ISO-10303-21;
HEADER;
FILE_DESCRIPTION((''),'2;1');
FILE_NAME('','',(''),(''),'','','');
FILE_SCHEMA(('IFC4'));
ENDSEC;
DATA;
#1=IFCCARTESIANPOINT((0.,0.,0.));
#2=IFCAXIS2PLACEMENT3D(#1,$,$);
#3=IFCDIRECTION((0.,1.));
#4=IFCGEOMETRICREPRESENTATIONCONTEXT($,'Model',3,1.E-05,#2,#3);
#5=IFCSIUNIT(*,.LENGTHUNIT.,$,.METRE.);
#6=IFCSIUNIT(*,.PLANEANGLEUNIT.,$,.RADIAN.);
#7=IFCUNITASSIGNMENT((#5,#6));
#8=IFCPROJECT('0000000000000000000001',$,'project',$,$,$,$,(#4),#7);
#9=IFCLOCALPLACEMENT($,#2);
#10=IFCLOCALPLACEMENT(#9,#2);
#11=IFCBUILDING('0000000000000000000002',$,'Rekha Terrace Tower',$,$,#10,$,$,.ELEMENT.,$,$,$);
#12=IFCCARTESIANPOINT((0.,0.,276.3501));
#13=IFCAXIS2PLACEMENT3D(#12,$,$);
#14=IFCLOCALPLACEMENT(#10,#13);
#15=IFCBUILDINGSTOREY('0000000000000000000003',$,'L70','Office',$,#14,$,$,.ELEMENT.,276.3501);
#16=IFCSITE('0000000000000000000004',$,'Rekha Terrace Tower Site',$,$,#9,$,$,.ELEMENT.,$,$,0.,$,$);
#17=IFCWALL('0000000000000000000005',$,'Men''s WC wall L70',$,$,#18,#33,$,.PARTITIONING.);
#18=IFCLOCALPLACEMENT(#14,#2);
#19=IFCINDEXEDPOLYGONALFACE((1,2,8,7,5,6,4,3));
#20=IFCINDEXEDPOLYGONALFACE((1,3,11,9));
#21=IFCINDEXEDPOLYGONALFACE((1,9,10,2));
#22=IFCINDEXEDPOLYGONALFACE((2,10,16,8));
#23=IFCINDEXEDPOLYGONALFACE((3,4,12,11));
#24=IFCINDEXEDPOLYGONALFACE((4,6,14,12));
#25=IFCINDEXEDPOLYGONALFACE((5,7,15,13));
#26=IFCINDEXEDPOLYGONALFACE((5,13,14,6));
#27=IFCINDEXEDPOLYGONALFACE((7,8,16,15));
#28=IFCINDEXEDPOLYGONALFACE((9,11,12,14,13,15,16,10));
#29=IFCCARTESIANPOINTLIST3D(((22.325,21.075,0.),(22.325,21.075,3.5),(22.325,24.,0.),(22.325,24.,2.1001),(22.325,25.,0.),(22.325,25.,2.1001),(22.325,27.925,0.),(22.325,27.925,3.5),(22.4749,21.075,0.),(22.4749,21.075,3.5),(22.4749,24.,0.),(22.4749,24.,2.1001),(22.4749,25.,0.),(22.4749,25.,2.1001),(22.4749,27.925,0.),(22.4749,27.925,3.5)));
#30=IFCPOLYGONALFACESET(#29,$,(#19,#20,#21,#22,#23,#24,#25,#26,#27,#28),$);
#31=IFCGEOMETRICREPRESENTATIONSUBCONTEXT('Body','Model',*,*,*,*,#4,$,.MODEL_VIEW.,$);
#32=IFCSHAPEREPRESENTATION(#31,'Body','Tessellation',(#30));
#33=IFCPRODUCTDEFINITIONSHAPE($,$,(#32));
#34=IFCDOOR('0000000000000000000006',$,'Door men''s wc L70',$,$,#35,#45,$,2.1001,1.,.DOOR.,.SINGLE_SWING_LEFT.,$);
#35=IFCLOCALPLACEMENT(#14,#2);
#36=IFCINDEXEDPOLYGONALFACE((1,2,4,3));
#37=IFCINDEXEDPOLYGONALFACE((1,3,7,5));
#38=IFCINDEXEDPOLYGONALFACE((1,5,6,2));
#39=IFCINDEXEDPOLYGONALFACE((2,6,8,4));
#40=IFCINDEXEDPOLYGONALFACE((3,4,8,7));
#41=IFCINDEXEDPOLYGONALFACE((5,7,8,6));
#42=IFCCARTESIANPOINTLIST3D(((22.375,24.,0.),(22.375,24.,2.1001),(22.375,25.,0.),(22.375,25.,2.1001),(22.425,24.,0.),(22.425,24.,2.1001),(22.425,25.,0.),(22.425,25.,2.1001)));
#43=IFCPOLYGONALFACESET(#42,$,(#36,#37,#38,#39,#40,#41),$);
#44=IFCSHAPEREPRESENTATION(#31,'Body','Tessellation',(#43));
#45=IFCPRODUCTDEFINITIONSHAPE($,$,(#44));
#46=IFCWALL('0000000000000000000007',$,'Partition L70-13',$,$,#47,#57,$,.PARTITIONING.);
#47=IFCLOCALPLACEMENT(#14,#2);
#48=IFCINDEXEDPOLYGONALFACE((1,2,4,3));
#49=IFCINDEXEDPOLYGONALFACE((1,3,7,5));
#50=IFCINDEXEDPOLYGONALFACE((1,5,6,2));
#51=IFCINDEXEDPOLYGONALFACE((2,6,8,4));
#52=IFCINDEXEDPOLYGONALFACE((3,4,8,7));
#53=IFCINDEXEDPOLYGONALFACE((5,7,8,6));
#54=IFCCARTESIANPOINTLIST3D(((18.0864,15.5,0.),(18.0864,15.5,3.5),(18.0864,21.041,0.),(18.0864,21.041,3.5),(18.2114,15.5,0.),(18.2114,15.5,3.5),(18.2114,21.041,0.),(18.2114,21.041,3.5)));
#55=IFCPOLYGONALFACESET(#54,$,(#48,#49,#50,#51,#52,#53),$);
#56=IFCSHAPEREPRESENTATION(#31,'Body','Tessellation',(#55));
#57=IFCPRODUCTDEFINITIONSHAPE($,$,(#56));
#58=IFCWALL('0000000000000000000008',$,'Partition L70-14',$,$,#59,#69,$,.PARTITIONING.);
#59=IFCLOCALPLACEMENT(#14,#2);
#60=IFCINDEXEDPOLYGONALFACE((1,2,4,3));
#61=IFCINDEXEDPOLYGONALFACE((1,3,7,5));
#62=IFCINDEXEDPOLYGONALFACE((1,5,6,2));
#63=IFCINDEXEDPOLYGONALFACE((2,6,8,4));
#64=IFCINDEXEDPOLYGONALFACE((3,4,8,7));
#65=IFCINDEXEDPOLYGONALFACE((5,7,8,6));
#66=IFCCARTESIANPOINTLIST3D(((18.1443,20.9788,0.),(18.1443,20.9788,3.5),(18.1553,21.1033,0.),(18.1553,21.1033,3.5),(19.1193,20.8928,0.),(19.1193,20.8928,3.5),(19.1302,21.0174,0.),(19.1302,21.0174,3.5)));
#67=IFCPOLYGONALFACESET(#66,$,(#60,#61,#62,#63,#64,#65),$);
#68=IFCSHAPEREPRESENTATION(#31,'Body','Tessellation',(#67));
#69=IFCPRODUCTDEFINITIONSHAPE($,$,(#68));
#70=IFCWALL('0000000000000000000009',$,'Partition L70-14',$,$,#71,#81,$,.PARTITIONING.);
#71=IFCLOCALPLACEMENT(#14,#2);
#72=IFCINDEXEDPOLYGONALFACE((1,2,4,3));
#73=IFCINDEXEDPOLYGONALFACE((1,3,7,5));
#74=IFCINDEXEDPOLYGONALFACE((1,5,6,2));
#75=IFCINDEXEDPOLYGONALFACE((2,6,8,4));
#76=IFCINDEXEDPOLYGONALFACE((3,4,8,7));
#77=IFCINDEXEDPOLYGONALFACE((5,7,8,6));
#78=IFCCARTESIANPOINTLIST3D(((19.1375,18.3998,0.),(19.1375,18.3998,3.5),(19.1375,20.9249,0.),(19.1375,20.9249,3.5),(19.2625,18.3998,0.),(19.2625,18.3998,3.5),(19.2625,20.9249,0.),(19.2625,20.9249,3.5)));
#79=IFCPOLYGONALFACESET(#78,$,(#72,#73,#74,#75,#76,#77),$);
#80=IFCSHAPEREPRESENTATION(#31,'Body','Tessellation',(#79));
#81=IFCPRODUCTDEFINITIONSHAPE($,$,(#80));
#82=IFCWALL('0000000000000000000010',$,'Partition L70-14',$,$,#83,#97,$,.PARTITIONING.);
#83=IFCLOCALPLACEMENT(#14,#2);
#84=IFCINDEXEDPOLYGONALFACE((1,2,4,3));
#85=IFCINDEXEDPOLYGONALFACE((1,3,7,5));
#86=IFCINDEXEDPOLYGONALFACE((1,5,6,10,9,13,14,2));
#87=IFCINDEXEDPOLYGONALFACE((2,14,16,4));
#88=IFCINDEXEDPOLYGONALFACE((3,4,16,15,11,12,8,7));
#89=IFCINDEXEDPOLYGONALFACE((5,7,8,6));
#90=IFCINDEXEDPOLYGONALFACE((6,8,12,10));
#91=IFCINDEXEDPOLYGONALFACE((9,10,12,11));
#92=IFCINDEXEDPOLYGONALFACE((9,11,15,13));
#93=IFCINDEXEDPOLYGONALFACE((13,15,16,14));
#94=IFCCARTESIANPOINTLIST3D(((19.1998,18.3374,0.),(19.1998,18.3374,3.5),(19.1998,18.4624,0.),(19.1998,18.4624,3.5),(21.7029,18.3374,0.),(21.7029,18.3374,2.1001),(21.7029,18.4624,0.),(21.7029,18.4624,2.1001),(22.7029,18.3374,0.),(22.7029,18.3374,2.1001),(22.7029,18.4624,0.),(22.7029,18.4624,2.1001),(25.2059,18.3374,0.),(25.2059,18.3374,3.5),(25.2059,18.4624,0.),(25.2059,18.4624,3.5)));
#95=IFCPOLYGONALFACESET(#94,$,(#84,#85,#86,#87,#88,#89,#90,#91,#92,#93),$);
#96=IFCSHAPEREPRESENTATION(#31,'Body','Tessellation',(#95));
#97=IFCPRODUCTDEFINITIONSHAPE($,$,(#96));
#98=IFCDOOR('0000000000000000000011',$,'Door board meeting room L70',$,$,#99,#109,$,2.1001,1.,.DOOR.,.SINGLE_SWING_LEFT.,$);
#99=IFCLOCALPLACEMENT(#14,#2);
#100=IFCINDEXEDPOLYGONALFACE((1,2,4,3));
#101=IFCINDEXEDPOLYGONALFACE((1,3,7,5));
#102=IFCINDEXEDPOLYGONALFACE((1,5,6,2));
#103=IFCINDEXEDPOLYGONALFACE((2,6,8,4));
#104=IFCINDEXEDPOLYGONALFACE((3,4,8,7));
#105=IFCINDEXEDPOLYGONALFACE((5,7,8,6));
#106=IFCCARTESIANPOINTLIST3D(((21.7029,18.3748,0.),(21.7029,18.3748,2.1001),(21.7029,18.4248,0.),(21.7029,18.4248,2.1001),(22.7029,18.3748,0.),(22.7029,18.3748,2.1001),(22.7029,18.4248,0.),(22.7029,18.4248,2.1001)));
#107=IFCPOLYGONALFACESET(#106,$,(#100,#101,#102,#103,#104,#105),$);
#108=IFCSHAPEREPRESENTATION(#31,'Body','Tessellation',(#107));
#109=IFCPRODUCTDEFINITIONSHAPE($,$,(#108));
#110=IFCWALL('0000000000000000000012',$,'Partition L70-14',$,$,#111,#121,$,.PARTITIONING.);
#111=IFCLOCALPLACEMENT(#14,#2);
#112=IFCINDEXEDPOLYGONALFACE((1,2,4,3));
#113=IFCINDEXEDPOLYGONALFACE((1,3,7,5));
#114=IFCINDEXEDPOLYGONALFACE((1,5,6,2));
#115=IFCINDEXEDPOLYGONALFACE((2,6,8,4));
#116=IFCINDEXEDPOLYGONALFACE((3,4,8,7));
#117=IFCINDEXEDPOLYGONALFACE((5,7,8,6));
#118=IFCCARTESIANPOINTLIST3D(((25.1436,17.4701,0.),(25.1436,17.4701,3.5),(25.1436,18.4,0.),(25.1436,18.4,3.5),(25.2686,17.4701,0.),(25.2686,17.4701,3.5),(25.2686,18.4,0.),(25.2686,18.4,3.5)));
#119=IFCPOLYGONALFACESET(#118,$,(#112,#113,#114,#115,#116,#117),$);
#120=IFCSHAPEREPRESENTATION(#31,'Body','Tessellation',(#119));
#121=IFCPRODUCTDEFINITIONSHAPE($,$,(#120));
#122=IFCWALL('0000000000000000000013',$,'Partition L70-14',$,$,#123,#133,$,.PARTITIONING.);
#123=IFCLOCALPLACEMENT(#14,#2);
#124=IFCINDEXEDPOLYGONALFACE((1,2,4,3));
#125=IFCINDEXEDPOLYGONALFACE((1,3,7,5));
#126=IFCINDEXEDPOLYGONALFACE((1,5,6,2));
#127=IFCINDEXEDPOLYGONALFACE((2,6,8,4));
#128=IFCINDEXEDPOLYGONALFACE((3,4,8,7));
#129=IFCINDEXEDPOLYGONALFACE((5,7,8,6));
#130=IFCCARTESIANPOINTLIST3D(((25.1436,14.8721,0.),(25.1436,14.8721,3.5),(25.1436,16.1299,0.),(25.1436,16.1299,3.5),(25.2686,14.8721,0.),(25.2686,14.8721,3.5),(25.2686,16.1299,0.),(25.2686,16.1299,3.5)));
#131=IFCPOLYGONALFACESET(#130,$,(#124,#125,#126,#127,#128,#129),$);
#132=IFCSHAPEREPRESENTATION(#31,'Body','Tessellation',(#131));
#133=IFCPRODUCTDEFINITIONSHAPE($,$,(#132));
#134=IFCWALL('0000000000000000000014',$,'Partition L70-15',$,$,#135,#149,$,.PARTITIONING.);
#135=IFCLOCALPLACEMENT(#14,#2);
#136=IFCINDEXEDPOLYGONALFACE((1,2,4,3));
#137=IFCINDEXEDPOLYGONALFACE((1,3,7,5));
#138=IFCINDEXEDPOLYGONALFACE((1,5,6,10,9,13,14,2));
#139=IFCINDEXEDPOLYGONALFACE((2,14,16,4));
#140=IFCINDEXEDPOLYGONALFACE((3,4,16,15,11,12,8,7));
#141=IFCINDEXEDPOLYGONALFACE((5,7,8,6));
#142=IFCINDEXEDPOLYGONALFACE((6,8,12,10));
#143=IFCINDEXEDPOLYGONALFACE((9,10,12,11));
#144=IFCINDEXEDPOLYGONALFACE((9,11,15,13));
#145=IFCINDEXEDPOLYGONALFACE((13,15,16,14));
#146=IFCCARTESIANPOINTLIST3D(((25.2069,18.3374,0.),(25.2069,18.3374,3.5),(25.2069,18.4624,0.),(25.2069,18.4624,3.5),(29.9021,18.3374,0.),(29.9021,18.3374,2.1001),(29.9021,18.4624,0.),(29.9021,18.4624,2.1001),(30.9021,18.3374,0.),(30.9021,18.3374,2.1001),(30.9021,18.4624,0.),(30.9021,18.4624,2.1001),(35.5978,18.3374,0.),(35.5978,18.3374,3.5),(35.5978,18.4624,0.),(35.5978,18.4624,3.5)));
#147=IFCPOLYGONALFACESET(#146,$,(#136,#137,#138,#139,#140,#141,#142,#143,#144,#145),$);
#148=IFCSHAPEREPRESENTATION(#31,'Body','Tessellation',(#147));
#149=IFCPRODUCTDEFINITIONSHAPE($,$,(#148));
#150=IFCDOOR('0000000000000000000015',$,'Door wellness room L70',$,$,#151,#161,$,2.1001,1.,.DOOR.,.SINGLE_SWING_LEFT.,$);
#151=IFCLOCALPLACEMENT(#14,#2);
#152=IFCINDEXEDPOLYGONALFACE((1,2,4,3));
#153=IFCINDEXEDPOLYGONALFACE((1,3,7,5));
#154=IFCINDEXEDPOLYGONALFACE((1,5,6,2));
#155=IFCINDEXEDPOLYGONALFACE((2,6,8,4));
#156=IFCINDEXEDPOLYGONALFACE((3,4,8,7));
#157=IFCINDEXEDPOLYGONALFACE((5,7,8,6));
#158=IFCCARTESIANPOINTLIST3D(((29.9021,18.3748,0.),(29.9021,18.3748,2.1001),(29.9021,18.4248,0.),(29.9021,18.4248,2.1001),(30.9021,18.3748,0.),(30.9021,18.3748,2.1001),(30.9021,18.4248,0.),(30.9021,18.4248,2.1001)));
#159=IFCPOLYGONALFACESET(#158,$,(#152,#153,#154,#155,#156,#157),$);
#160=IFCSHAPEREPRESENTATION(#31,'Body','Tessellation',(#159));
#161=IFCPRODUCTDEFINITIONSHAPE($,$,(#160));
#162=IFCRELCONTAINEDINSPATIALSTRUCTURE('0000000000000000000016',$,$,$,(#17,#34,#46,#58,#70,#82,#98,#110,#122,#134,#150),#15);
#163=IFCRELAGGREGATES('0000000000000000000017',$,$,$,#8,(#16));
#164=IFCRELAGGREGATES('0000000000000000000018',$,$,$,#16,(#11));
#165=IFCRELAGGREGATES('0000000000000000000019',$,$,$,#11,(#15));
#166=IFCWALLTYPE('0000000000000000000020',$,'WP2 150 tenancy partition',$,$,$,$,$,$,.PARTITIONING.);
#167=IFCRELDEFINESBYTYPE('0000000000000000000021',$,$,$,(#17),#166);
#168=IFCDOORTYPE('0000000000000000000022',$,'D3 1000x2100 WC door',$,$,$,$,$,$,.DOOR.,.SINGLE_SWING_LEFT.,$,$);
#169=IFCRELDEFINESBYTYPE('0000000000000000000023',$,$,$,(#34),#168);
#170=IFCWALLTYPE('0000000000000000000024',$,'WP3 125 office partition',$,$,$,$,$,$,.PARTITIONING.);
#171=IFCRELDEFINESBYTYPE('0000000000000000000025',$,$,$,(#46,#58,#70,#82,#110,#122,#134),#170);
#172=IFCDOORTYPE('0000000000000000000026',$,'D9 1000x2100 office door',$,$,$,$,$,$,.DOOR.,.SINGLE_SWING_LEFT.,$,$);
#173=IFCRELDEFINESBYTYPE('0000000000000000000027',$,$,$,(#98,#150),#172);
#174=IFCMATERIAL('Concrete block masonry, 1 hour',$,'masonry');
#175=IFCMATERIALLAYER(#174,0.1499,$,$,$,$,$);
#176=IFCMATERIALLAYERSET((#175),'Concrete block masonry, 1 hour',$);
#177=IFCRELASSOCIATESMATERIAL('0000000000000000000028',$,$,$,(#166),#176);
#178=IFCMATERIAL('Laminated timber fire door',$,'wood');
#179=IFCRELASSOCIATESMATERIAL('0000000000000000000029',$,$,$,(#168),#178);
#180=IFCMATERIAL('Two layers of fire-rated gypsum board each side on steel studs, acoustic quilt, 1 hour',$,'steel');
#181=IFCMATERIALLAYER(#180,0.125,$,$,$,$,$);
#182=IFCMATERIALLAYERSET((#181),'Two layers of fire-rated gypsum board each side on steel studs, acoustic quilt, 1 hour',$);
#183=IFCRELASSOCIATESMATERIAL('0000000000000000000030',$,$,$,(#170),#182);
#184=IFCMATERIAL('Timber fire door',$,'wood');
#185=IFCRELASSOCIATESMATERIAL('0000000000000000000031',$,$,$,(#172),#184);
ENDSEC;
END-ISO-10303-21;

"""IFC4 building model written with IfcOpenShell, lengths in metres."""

from ifc_helpers import new_model, si_unit, direction, frame, frame_2d, origin, place, context, subcontext, project, spatial, rectangle, extrude, material, layer, layer_set, type_object, element, fill, save


model = new_model("IFC4")

# Units and contexts
model_context = context("Model", 3, precision=1e-05, world=origin(), true_north=direction((0.0, 1.0)))
body_context = subcontext(model_context, "Body", "Model", "MODEL_VIEW")
ifc_project = project(units=[si_unit("LENGTHUNIT", "METRE"), si_unit("PLANEANGLEUNIT", "RADIAN")], contexts=[model_context])

# Site, building, storey
site_placement = place(None, origin())
site = spatial("IfcSite", under=ifc_project, at=site_placement, Name="Rekha Terrace Tower Site", CompositionType="ELEMENT", RefElevation=0.0)
building_placement = place(site_placement, origin())
building = spatial("IfcBuilding", under=site, at=building_placement, Name="Rekha Terrace Tower", CompositionType="ELEMENT")
storey_placement = place(building_placement, frame((0.0, 0.0, 276.3501)))
storey = spatial("IfcBuildingStorey", under=building, at=storey_placement, Name="L70", Description="Office", CompositionType="ELEMENT", Elevation=276.3501)

# Shared definitions
ifc_material_1 = material(Name="Concrete block masonry, 1 hour", Category="masonry")
ifc_layer_1 = layer(ifc_material_1, 0.1499)
ifc_layer_set_1 = layer_set([ifc_layer_1], Name="Concrete block masonry, 1 hour")
wall_type_1 = type_object("IfcWallType", Name="WP2 150 tenancy partition", PredefinedType="PARTITIONING", material=ifc_layer_set_1)

# Wall, opening, door
wall_1_placement = place(storey_placement, frame((22.3999, 21.075, 0.0), z_axis=(0.0, 0.0, 1.0), x_axis=(0.0, 1.0, 0.0)))
wall_1 = element("IfcWall", 1, at=wall_1_placement, inside=storey, type_object=wall_type_1, Name="Men's WC wall L70", PredefinedType="PARTITIONING", context=body_context, shape_type="SweptSolid", body=[
    extrude(rectangle(XDim=6.8501, YDim=0.1499, at=frame_2d((3.425, 0.0))), origin(), (0.0, 0.0, 1.0), 3.5),
])
opening_1_placement = place(wall_1_placement, frame((2.925, 0.0, 0.0)))
opening_1 = element("IfcOpeningElement", 2, at=opening_1_placement, cuts=wall_1, PredefinedType="OPENING", context=body_context, shape_type="SweptSolid", body=[
    extrude(rectangle(XDim=1.0, YDim=2.1001, at=frame_2d((0.5, 1.05))), frame((0.0, 0.085, 0.0), z_axis=(0.0, -1.0, 0.0), x_axis=(1.0, 0.0, 0.0)), (0.0, 0.0, 1.0), 0.1699),
])
ifc_material_2 = material(Name="Laminated timber fire door", Category="wood")
door_type_1 = type_object("IfcDoorType", Name="D3 1000x2100 WC door", OperationType="SINGLE_SWING_LEFT", PredefinedType="DOOR", material=ifc_material_2)
door_1_placement = place(opening_1_placement, origin())
door_1 = element("IfcDoor", 3, at=door_1_placement, inside=storey, type_object=door_type_1, Name="Door men's wc L70", OperationType="SINGLE_SWING_LEFT", OverallHeight=2.1001, OverallWidth=1.0, PredefinedType="DOOR", context=body_context, shape_type="SweptSolid", body=[
    extrude(rectangle(XDim=1.0, YDim=2.1001, at=frame_2d((0.5, 1.05))), frame((0.0, 0.0249, 0.0), z_axis=(0.0, -1.0, 0.0), x_axis=(1.0, 0.0, 0.0)), (0.0, 0.0, 1.0), 0.05),
])
fill(opening_1, door_1)

# Walls
ifc_material_3 = material(Name="Two layers of fire-rated gypsum board each side on steel studs, acoustic quilt, 1 hour", Category="steel")
ifc_layer_2 = layer(ifc_material_3, 0.125)
ifc_layer_set_2 = layer_set([ifc_layer_2], Name="Two layers of fire-rated gypsum board each side on steel studs, acoustic quilt, 1 hour")
wall_type_2 = type_object("IfcWallType", Name="WP3 125 office partition", PredefinedType="PARTITIONING", material=ifc_layer_set_2)
wall_2_placement = place(storey_placement, frame((18.1489, 21.041, 0.0), z_axis=(0.0, 0.0, 1.0), x_axis=(0.0, -1.0, 0.0)))
element("IfcWall", 4, at=wall_2_placement, inside=storey, type_object=wall_type_2, Name="Partition L70-13", PredefinedType="PARTITIONING", context=body_context, shape_type="SweptSolid", body=[
    extrude(rectangle(XDim=5.541, YDim=0.125, at=frame_2d((2.7705, 0.0))), origin(), (0.0, 0.0, 1.0), 3.5),
])
wall_3_placement = place(storey_placement, frame((18.1499, 21.041, 0.0), z_axis=(0.0, 0.0, 1.0), x_axis=(0.996139, -0.087792, 0.0)))
element("IfcWall", 5, at=wall_3_placement, inside=storey, type_object=wall_type_2, Name="Partition L70-14", PredefinedType="PARTITIONING", context=body_context, shape_type="SweptSolid", body=[
    extrude(rectangle(XDim=0.9788, YDim=0.125, at=frame_2d((0.4893, 0.0))), origin(), (0.0, 0.0, 1.0), 3.5),
])
wall_4_placement = place(storey_placement, frame((19.2, 20.925, 0.0), z_axis=(0.0, 0.0, 1.0), x_axis=(0.0, -1.0, 0.0)))
element("IfcWall", 6, at=wall_4_placement, inside=storey, type_object=wall_type_2, Name="Partition L70-14", PredefinedType="PARTITIONING", context=body_context, shape_type="SweptSolid", body=[
    extrude(rectangle(XDim=2.5251, YDim=0.125, at=frame_2d((1.2627, 0.0))), origin(), (0.0, 0.0, 1.0), 3.5),
])

# Wall, opening, door
wall_5_placement = place(storey_placement, frame((19.2, 18.3999, 0.0), z_axis=(0.0, 0.0, 1.0), x_axis=(1.0, 0.0, 0.0)))
wall_5 = element("IfcWall", 7, at=wall_5_placement, inside=storey, type_object=wall_type_2, Name="Partition L70-14", PredefinedType="PARTITIONING", context=body_context, shape_type="SweptSolid", body=[
    extrude(rectangle(XDim=6.0061, YDim=0.125, at=frame_2d((3.0029, 0.0))), origin(), (0.0, 0.0, 1.0), 3.5),
])
opening_2_placement = place(wall_5_placement, frame((2.5029, 0.0, 0.0)))
opening_2 = element("IfcOpeningElement", 8, at=opening_2_placement, cuts=wall_5, PredefinedType="OPENING", context=body_context, shape_type="SweptSolid", body=[
    extrude(rectangle(XDim=1.0, YDim=2.1001, at=frame_2d((0.5, 1.05))), frame((0.0, 0.0725, 0.0), z_axis=(0.0, -1.0, 0.0), x_axis=(1.0, 0.0, 0.0)), (0.0, 0.0, 1.0), 0.145),
])
ifc_material_4 = material(Name="Timber fire door", Category="wood")
door_type_2 = type_object("IfcDoorType", Name="D9 1000x2100 office door", OperationType="SINGLE_SWING_LEFT", PredefinedType="DOOR", material=ifc_material_4)
door_2_placement = place(opening_2_placement, origin())
door_2 = element("IfcDoor", 9, at=door_2_placement, inside=storey, type_object=door_type_2, Name="Door board meeting room L70", OperationType="SINGLE_SWING_LEFT", OverallHeight=2.1001, OverallWidth=1.0, PredefinedType="DOOR", context=body_context, shape_type="SweptSolid", body=[
    extrude(rectangle(XDim=1.0, YDim=2.1001, at=frame_2d((0.5, 1.05))), frame((0.0, 0.0249, 0.0), z_axis=(0.0, -1.0, 0.0), x_axis=(1.0, 0.0, 0.0)), (0.0, 0.0, 1.0), 0.05),
])
fill(opening_2, door_2)

# Walls
wall_6_placement = place(storey_placement, frame((25.2061, 18.3999, 0.0), z_axis=(0.0, 0.0, 1.0), x_axis=(0.0, -1.0, 0.0)))
element("IfcWall", 10, at=wall_6_placement, inside=storey, type_object=wall_type_2, Name="Partition L70-14", PredefinedType="PARTITIONING", context=body_context, shape_type="SweptSolid", body=[
    extrude(rectangle(XDim=0.9299, YDim=0.125, at=frame_2d((0.4648, 0.0))), origin(), (0.0, 0.0, 1.0), 3.5),
])
wall_7_placement = place(storey_placement, frame((25.2061, 16.1299, 0.0), z_axis=(0.0, 0.0, 1.0), x_axis=(0.0, -1.0, 0.0)))
element("IfcWall", 11, at=wall_7_placement, inside=storey, type_object=wall_type_2, Name="Partition L70-14", PredefinedType="PARTITIONING", context=body_context, shape_type="SweptSolid", body=[
    extrude(rectangle(XDim=1.2578, YDim=0.125, at=frame_2d((0.6289, 0.0))), origin(), (0.0, 0.0, 1.0), 3.5),
])

# Wall, opening, door
wall_8_placement = place(storey_placement, frame((25.207, 18.3999, 0.0), z_axis=(0.0, 0.0, 1.0), x_axis=(1.0, 0.0, 0.0)))
wall_8 = element("IfcWall", 12, at=wall_8_placement, inside=storey, type_object=wall_type_2, Name="Partition L70-15", PredefinedType="PARTITIONING", context=body_context, shape_type="SweptSolid", body=[
    extrude(rectangle(XDim=10.3909, YDim=0.125, at=frame_2d((5.1953, 0.0))), origin(), (0.0, 0.0, 1.0), 3.5),
])
opening_3_placement = place(wall_8_placement, frame((4.6951, 0.0, 0.0)))
opening_3 = element("IfcOpeningElement", 13, at=opening_3_placement, cuts=wall_8, PredefinedType="OPENING", context=body_context, shape_type="SweptSolid", body=[
    extrude(rectangle(XDim=1.0, YDim=2.1001, at=frame_2d((0.5, 1.05))), frame((0.0, 0.0725, 0.0), z_axis=(0.0, -1.0, 0.0), x_axis=(1.0, 0.0, 0.0)), (0.0, 0.0, 1.0), 0.145),
])
door_3_placement = place(opening_3_placement, origin())
door_3 = element("IfcDoor", 14, at=door_3_placement, inside=storey, type_object=door_type_2, Name="Door wellness room L70", OperationType="SINGLE_SWING_LEFT", OverallHeight=2.1001, OverallWidth=1.0, PredefinedType="DOOR", context=body_context, shape_type="SweptSolid", body=[
    extrude(rectangle(XDim=1.0, YDim=2.1001, at=frame_2d((0.5, 1.05))), frame((0.0, 0.0249, 0.0), z_axis=(0.0, -1.0, 0.0), x_axis=(1.0, 0.0, 0.0)), (0.0, 0.0, 1.0), 0.05),
])
fill(opening_3, door_3)

save(model, "model.ifc")
